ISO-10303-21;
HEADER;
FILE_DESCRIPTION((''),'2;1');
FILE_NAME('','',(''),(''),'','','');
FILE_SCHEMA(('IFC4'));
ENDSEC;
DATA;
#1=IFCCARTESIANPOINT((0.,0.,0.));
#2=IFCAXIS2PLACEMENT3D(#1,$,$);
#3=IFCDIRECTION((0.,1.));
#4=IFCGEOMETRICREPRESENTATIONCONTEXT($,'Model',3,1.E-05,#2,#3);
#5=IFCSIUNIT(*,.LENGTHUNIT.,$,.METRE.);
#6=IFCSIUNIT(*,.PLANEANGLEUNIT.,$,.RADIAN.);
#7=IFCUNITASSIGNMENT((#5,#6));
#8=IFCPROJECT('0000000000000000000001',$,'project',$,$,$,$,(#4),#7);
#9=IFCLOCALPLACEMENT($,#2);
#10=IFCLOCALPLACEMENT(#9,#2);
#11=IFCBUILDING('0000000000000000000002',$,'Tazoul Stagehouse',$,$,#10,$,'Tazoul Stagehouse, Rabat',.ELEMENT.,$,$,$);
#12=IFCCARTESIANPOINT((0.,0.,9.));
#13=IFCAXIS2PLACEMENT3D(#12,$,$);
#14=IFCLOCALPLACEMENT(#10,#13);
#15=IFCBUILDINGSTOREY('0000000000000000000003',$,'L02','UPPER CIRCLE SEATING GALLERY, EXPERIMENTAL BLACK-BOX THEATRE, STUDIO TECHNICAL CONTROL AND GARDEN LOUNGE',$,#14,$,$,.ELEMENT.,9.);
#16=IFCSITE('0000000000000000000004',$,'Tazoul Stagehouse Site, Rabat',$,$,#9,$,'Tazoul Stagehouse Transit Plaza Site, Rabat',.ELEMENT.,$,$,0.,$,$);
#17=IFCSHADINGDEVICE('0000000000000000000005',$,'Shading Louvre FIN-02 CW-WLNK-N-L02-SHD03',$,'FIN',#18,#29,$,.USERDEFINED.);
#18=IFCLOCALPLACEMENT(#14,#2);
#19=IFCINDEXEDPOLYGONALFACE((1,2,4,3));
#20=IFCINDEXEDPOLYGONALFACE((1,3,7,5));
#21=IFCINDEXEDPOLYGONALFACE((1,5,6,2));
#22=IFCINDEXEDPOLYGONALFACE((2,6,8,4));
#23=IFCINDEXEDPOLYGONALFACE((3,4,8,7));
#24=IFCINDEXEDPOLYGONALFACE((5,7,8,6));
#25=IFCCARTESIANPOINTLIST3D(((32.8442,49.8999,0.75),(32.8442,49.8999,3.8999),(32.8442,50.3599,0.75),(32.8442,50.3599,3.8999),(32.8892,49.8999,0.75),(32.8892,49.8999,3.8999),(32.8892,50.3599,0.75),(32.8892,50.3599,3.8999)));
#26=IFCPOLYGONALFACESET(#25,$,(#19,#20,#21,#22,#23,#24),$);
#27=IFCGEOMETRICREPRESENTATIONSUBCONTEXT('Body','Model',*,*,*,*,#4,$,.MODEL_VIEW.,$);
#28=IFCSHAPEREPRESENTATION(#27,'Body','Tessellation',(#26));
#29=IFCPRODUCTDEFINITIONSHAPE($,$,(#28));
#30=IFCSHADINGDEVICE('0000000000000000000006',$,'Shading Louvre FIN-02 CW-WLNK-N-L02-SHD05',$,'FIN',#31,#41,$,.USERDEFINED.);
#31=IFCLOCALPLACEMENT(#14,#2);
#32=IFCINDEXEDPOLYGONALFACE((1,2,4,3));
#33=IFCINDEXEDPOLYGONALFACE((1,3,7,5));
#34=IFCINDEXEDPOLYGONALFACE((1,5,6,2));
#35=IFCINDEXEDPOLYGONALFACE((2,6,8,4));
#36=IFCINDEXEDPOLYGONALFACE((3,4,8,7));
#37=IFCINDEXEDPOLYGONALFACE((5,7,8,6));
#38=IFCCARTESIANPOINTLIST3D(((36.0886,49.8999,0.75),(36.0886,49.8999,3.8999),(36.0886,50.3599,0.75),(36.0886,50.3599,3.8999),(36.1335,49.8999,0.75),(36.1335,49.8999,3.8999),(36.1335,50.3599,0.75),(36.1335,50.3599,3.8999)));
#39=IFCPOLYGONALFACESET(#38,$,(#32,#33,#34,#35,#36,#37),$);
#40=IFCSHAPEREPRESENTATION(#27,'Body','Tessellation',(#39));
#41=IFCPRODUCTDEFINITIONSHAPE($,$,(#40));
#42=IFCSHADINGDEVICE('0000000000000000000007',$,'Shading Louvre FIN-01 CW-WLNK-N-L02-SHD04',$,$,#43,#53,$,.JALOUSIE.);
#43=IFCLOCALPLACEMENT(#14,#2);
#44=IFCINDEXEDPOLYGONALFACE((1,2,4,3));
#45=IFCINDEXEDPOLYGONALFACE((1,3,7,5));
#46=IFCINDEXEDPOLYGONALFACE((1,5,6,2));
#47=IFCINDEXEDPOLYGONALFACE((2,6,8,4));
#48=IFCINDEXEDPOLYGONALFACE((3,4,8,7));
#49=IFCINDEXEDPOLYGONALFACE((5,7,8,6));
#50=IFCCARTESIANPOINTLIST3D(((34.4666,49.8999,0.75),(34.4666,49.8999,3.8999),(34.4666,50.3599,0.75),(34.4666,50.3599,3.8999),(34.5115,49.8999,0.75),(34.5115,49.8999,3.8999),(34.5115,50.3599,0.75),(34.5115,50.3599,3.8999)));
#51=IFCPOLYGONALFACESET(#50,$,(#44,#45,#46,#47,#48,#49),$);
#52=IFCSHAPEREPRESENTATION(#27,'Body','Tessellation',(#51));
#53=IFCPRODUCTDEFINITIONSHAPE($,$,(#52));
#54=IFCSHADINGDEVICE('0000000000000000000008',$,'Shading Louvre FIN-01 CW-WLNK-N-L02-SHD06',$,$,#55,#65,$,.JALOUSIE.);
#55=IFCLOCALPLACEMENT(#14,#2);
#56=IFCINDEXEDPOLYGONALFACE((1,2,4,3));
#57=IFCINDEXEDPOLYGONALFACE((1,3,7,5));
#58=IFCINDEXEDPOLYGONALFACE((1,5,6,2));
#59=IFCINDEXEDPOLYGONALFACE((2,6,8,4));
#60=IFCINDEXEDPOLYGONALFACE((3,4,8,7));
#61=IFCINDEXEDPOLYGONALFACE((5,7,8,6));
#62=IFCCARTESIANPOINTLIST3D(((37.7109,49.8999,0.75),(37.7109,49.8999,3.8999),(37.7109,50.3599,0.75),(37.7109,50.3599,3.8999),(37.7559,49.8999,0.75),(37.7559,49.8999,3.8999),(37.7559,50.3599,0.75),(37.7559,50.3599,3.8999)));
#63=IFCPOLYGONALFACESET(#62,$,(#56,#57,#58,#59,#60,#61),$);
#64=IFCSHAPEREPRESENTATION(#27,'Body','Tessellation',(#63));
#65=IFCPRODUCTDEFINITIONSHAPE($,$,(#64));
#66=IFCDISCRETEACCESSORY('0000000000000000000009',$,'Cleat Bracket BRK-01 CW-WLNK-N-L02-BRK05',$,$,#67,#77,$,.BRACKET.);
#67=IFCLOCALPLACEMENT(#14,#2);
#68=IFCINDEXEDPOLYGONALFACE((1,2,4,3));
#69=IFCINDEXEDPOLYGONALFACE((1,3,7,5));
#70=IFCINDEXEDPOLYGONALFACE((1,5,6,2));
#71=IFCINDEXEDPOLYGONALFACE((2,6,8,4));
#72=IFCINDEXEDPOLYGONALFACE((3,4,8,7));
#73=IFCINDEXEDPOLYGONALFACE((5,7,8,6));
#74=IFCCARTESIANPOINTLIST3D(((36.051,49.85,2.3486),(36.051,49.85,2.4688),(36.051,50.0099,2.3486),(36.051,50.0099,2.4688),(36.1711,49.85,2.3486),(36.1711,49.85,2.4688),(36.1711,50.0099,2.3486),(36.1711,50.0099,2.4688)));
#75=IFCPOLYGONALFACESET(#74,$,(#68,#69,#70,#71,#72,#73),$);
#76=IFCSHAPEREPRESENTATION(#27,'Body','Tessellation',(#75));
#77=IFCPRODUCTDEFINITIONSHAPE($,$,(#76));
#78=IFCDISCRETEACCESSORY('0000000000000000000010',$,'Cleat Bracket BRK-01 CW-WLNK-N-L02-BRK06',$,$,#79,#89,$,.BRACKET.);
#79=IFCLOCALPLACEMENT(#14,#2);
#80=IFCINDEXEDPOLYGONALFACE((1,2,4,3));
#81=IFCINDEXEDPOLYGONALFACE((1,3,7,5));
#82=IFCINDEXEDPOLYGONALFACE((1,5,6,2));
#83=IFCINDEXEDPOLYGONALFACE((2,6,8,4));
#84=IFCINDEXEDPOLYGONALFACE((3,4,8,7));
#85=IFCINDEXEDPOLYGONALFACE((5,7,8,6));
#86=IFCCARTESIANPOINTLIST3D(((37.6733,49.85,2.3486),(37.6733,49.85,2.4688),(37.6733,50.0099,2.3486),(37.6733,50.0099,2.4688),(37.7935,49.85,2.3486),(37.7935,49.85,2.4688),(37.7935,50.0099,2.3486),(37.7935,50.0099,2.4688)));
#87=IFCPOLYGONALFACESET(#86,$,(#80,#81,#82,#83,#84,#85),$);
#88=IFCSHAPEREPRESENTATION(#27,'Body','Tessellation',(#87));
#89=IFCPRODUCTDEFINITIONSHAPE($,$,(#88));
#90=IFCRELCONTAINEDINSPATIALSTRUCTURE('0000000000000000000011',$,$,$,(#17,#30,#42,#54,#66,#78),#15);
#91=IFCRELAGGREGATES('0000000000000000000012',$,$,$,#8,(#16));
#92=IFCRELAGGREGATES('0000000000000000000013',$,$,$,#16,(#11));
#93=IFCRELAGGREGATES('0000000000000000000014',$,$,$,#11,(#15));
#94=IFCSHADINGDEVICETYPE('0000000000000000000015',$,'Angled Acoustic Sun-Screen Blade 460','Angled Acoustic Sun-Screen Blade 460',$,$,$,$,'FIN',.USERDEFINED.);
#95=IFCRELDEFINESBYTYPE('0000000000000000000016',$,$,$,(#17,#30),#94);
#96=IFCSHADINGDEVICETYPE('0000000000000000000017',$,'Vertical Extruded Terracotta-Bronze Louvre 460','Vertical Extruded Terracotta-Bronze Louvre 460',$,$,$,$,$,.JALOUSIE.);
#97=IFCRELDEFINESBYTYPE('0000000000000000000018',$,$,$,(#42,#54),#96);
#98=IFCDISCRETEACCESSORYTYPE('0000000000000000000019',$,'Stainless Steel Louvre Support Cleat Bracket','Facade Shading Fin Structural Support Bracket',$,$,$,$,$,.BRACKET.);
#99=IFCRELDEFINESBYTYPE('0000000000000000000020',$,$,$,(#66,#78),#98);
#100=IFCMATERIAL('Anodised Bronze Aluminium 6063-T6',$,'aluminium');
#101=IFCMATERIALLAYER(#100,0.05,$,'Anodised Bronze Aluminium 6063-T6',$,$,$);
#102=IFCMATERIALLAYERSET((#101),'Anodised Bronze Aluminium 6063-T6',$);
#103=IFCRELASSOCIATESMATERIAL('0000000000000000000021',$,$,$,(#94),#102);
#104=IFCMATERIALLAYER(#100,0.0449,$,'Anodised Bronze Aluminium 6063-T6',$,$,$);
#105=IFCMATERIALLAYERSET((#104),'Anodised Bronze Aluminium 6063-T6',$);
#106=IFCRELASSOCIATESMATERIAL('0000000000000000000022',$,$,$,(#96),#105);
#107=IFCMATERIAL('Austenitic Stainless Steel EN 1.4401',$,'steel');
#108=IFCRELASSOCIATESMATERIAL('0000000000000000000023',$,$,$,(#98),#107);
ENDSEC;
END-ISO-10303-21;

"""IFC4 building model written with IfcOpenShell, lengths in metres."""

from ifc_helpers import new_model, si_unit, direction, frame, origin, origin_2d, place, context, subcontext, project, spatial, rectangle, extrude, material, layer, layer_set, type_object, element, save


model = new_model("IFC4")

# Units and contexts
model_context = context("Model", 3, precision=1e-05, world=origin(), true_north=direction((0.0, 1.0)))
body_context = subcontext(model_context, "Body", "Model", "MODEL_VIEW")
ifc_project = project(units=[si_unit("LENGTHUNIT", "METRE"), si_unit("PLANEANGLEUNIT", "RADIAN")], contexts=[model_context])

# Site, building, storey
site_placement = place(None, origin())
site = spatial("IfcSite", under=ifc_project, at=site_placement, Name="Tazoul Stagehouse Site, Rabat", LongName="Tazoul Stagehouse Transit Plaza Site, Rabat", CompositionType="ELEMENT", RefElevation=0.0)
building_placement = place(site_placement, origin())
building = spatial("IfcBuilding", under=site, at=building_placement, Name="Tazoul Stagehouse", LongName="Tazoul Stagehouse, Rabat", CompositionType="ELEMENT")
storey_placement = place(building_placement, frame((0.0, 0.0, 9.0)))
storey = spatial("IfcBuildingStorey", under=building, at=storey_placement, Name="L02", Description="UPPER CIRCLE SEATING GALLERY, EXPERIMENTAL BLACK-BOX THEATRE, STUDIO TECHNICAL CONTROL AND GARDEN LOUNGE", CompositionType="ELEMENT", Elevation=9.0)

# Shading devices
ifc_material_1 = material(Name="Anodised Bronze Aluminium 6063-T6", Category="aluminium")
ifc_layer_1 = layer(ifc_material_1, 0.05, Name="Anodised Bronze Aluminium 6063-T6")
ifc_layer_set_1 = layer_set([ifc_layer_1], Name="Anodised Bronze Aluminium 6063-T6")
shading_device_type_1 = type_object("IfcShadingDeviceType", Name="Angled Acoustic Sun-Screen Blade 460", Description="Angled Acoustic Sun-Screen Blade 460", ElementType="FIN", PredefinedType="USERDEFINED", material=ifc_layer_set_1)
for number, where, z_axis, x_axis, name in (
    (1, (32.8667, 50.1299, 0.75), (0.0, 0.0, 1.0), (1.0, 0.0, 0.0), "Shading Louvre FIN-02 CW-WLNK-N-L02-SHD03"),
    (2, (36.1111, 50.1299, 0.75), (0.0, 0.0, 1.0), (1.0, 0.0, 0.0), "Shading Louvre FIN-02 CW-WLNK-N-L02-SHD05"),
):
    element("IfcShadingDevice", number, at=place(storey_placement, frame(where, z_axis=z_axis, x_axis=x_axis)), inside=storey, type_object=shading_device_type_1, Name=name, ObjectType="FIN", PredefinedType="USERDEFINED", context=body_context, shape_type="SweptSolid", body=[
        extrude(rectangle(XDim=0.0449, YDim=0.46, at=origin_2d()), origin(), (0.0, 0.0, 1.0), 3.1499),
    ])
ifc_layer_2 = layer(ifc_material_1, 0.0449, Name="Anodised Bronze Aluminium 6063-T6")
ifc_layer_set_2 = layer_set([ifc_layer_2], Name="Anodised Bronze Aluminium 6063-T6")
shading_device_type_2 = type_object("IfcShadingDeviceType", Name="Vertical Extruded Terracotta-Bronze Louvre 460", Description="Vertical Extruded Terracotta-Bronze Louvre 460", PredefinedType="JALOUSIE", material=ifc_layer_set_2)
for number, where, z_axis, x_axis, name in (
    (3, (34.489, 50.1299, 0.75), (0.0, 0.0, 1.0), (1.0, 0.0, 0.0), "Shading Louvre FIN-01 CW-WLNK-N-L02-SHD04"),
    (4, (37.7334, 50.1299, 0.75), (0.0, 0.0, 1.0), (1.0, 0.0, 0.0), "Shading Louvre FIN-01 CW-WLNK-N-L02-SHD06"),
):
    element("IfcShadingDevice", number, at=place(storey_placement, frame(where, z_axis=z_axis, x_axis=x_axis)), inside=storey, type_object=shading_device_type_2, Name=name, PredefinedType="JALOUSIE", context=body_context, shape_type="SweptSolid", body=[
        extrude(rectangle(XDim=0.0449, YDim=0.46, at=origin_2d()), origin(), (0.0, 0.0, 1.0), 3.1499),
    ])

# Discrete accessories
ifc_material_2 = material(Name="Austenitic Stainless Steel EN 1.4401", Category="steel")
discrete_accessory_type = type_object("IfcDiscreteAccessoryType", Name="Stainless Steel Louvre Support Cleat Bracket", Description="Facade Shading Fin Structural Support Bracket", PredefinedType="BRACKET", material=ifc_material_2)
for number, where, z_axis, x_axis, name in (
    (5, (36.1111, 49.9299, 2.3486), (0.0, 0.0, 1.0), (1.0, 0.0, 0.0), "Cleat Bracket BRK-01 CW-WLNK-N-L02-BRK05"),
    (6, (37.7334, 49.9299, 2.3486), (0.0, 0.0, 1.0), (1.0, 0.0, 0.0), "Cleat Bracket BRK-01 CW-WLNK-N-L02-BRK06"),
):
    element("IfcDiscreteAccessory", number, at=place(storey_placement, frame(where, z_axis=z_axis, x_axis=x_axis)), inside=storey, type_object=discrete_accessory_type, Name=name, PredefinedType="BRACKET", context=body_context, shape_type="SweptSolid", body=[
        extrude(rectangle(XDim=0.1201, YDim=0.1599, at=origin_2d()), origin(), (0.0, 0.0, 1.0), 0.1201),
    ])

save(model, "model.ifc")
